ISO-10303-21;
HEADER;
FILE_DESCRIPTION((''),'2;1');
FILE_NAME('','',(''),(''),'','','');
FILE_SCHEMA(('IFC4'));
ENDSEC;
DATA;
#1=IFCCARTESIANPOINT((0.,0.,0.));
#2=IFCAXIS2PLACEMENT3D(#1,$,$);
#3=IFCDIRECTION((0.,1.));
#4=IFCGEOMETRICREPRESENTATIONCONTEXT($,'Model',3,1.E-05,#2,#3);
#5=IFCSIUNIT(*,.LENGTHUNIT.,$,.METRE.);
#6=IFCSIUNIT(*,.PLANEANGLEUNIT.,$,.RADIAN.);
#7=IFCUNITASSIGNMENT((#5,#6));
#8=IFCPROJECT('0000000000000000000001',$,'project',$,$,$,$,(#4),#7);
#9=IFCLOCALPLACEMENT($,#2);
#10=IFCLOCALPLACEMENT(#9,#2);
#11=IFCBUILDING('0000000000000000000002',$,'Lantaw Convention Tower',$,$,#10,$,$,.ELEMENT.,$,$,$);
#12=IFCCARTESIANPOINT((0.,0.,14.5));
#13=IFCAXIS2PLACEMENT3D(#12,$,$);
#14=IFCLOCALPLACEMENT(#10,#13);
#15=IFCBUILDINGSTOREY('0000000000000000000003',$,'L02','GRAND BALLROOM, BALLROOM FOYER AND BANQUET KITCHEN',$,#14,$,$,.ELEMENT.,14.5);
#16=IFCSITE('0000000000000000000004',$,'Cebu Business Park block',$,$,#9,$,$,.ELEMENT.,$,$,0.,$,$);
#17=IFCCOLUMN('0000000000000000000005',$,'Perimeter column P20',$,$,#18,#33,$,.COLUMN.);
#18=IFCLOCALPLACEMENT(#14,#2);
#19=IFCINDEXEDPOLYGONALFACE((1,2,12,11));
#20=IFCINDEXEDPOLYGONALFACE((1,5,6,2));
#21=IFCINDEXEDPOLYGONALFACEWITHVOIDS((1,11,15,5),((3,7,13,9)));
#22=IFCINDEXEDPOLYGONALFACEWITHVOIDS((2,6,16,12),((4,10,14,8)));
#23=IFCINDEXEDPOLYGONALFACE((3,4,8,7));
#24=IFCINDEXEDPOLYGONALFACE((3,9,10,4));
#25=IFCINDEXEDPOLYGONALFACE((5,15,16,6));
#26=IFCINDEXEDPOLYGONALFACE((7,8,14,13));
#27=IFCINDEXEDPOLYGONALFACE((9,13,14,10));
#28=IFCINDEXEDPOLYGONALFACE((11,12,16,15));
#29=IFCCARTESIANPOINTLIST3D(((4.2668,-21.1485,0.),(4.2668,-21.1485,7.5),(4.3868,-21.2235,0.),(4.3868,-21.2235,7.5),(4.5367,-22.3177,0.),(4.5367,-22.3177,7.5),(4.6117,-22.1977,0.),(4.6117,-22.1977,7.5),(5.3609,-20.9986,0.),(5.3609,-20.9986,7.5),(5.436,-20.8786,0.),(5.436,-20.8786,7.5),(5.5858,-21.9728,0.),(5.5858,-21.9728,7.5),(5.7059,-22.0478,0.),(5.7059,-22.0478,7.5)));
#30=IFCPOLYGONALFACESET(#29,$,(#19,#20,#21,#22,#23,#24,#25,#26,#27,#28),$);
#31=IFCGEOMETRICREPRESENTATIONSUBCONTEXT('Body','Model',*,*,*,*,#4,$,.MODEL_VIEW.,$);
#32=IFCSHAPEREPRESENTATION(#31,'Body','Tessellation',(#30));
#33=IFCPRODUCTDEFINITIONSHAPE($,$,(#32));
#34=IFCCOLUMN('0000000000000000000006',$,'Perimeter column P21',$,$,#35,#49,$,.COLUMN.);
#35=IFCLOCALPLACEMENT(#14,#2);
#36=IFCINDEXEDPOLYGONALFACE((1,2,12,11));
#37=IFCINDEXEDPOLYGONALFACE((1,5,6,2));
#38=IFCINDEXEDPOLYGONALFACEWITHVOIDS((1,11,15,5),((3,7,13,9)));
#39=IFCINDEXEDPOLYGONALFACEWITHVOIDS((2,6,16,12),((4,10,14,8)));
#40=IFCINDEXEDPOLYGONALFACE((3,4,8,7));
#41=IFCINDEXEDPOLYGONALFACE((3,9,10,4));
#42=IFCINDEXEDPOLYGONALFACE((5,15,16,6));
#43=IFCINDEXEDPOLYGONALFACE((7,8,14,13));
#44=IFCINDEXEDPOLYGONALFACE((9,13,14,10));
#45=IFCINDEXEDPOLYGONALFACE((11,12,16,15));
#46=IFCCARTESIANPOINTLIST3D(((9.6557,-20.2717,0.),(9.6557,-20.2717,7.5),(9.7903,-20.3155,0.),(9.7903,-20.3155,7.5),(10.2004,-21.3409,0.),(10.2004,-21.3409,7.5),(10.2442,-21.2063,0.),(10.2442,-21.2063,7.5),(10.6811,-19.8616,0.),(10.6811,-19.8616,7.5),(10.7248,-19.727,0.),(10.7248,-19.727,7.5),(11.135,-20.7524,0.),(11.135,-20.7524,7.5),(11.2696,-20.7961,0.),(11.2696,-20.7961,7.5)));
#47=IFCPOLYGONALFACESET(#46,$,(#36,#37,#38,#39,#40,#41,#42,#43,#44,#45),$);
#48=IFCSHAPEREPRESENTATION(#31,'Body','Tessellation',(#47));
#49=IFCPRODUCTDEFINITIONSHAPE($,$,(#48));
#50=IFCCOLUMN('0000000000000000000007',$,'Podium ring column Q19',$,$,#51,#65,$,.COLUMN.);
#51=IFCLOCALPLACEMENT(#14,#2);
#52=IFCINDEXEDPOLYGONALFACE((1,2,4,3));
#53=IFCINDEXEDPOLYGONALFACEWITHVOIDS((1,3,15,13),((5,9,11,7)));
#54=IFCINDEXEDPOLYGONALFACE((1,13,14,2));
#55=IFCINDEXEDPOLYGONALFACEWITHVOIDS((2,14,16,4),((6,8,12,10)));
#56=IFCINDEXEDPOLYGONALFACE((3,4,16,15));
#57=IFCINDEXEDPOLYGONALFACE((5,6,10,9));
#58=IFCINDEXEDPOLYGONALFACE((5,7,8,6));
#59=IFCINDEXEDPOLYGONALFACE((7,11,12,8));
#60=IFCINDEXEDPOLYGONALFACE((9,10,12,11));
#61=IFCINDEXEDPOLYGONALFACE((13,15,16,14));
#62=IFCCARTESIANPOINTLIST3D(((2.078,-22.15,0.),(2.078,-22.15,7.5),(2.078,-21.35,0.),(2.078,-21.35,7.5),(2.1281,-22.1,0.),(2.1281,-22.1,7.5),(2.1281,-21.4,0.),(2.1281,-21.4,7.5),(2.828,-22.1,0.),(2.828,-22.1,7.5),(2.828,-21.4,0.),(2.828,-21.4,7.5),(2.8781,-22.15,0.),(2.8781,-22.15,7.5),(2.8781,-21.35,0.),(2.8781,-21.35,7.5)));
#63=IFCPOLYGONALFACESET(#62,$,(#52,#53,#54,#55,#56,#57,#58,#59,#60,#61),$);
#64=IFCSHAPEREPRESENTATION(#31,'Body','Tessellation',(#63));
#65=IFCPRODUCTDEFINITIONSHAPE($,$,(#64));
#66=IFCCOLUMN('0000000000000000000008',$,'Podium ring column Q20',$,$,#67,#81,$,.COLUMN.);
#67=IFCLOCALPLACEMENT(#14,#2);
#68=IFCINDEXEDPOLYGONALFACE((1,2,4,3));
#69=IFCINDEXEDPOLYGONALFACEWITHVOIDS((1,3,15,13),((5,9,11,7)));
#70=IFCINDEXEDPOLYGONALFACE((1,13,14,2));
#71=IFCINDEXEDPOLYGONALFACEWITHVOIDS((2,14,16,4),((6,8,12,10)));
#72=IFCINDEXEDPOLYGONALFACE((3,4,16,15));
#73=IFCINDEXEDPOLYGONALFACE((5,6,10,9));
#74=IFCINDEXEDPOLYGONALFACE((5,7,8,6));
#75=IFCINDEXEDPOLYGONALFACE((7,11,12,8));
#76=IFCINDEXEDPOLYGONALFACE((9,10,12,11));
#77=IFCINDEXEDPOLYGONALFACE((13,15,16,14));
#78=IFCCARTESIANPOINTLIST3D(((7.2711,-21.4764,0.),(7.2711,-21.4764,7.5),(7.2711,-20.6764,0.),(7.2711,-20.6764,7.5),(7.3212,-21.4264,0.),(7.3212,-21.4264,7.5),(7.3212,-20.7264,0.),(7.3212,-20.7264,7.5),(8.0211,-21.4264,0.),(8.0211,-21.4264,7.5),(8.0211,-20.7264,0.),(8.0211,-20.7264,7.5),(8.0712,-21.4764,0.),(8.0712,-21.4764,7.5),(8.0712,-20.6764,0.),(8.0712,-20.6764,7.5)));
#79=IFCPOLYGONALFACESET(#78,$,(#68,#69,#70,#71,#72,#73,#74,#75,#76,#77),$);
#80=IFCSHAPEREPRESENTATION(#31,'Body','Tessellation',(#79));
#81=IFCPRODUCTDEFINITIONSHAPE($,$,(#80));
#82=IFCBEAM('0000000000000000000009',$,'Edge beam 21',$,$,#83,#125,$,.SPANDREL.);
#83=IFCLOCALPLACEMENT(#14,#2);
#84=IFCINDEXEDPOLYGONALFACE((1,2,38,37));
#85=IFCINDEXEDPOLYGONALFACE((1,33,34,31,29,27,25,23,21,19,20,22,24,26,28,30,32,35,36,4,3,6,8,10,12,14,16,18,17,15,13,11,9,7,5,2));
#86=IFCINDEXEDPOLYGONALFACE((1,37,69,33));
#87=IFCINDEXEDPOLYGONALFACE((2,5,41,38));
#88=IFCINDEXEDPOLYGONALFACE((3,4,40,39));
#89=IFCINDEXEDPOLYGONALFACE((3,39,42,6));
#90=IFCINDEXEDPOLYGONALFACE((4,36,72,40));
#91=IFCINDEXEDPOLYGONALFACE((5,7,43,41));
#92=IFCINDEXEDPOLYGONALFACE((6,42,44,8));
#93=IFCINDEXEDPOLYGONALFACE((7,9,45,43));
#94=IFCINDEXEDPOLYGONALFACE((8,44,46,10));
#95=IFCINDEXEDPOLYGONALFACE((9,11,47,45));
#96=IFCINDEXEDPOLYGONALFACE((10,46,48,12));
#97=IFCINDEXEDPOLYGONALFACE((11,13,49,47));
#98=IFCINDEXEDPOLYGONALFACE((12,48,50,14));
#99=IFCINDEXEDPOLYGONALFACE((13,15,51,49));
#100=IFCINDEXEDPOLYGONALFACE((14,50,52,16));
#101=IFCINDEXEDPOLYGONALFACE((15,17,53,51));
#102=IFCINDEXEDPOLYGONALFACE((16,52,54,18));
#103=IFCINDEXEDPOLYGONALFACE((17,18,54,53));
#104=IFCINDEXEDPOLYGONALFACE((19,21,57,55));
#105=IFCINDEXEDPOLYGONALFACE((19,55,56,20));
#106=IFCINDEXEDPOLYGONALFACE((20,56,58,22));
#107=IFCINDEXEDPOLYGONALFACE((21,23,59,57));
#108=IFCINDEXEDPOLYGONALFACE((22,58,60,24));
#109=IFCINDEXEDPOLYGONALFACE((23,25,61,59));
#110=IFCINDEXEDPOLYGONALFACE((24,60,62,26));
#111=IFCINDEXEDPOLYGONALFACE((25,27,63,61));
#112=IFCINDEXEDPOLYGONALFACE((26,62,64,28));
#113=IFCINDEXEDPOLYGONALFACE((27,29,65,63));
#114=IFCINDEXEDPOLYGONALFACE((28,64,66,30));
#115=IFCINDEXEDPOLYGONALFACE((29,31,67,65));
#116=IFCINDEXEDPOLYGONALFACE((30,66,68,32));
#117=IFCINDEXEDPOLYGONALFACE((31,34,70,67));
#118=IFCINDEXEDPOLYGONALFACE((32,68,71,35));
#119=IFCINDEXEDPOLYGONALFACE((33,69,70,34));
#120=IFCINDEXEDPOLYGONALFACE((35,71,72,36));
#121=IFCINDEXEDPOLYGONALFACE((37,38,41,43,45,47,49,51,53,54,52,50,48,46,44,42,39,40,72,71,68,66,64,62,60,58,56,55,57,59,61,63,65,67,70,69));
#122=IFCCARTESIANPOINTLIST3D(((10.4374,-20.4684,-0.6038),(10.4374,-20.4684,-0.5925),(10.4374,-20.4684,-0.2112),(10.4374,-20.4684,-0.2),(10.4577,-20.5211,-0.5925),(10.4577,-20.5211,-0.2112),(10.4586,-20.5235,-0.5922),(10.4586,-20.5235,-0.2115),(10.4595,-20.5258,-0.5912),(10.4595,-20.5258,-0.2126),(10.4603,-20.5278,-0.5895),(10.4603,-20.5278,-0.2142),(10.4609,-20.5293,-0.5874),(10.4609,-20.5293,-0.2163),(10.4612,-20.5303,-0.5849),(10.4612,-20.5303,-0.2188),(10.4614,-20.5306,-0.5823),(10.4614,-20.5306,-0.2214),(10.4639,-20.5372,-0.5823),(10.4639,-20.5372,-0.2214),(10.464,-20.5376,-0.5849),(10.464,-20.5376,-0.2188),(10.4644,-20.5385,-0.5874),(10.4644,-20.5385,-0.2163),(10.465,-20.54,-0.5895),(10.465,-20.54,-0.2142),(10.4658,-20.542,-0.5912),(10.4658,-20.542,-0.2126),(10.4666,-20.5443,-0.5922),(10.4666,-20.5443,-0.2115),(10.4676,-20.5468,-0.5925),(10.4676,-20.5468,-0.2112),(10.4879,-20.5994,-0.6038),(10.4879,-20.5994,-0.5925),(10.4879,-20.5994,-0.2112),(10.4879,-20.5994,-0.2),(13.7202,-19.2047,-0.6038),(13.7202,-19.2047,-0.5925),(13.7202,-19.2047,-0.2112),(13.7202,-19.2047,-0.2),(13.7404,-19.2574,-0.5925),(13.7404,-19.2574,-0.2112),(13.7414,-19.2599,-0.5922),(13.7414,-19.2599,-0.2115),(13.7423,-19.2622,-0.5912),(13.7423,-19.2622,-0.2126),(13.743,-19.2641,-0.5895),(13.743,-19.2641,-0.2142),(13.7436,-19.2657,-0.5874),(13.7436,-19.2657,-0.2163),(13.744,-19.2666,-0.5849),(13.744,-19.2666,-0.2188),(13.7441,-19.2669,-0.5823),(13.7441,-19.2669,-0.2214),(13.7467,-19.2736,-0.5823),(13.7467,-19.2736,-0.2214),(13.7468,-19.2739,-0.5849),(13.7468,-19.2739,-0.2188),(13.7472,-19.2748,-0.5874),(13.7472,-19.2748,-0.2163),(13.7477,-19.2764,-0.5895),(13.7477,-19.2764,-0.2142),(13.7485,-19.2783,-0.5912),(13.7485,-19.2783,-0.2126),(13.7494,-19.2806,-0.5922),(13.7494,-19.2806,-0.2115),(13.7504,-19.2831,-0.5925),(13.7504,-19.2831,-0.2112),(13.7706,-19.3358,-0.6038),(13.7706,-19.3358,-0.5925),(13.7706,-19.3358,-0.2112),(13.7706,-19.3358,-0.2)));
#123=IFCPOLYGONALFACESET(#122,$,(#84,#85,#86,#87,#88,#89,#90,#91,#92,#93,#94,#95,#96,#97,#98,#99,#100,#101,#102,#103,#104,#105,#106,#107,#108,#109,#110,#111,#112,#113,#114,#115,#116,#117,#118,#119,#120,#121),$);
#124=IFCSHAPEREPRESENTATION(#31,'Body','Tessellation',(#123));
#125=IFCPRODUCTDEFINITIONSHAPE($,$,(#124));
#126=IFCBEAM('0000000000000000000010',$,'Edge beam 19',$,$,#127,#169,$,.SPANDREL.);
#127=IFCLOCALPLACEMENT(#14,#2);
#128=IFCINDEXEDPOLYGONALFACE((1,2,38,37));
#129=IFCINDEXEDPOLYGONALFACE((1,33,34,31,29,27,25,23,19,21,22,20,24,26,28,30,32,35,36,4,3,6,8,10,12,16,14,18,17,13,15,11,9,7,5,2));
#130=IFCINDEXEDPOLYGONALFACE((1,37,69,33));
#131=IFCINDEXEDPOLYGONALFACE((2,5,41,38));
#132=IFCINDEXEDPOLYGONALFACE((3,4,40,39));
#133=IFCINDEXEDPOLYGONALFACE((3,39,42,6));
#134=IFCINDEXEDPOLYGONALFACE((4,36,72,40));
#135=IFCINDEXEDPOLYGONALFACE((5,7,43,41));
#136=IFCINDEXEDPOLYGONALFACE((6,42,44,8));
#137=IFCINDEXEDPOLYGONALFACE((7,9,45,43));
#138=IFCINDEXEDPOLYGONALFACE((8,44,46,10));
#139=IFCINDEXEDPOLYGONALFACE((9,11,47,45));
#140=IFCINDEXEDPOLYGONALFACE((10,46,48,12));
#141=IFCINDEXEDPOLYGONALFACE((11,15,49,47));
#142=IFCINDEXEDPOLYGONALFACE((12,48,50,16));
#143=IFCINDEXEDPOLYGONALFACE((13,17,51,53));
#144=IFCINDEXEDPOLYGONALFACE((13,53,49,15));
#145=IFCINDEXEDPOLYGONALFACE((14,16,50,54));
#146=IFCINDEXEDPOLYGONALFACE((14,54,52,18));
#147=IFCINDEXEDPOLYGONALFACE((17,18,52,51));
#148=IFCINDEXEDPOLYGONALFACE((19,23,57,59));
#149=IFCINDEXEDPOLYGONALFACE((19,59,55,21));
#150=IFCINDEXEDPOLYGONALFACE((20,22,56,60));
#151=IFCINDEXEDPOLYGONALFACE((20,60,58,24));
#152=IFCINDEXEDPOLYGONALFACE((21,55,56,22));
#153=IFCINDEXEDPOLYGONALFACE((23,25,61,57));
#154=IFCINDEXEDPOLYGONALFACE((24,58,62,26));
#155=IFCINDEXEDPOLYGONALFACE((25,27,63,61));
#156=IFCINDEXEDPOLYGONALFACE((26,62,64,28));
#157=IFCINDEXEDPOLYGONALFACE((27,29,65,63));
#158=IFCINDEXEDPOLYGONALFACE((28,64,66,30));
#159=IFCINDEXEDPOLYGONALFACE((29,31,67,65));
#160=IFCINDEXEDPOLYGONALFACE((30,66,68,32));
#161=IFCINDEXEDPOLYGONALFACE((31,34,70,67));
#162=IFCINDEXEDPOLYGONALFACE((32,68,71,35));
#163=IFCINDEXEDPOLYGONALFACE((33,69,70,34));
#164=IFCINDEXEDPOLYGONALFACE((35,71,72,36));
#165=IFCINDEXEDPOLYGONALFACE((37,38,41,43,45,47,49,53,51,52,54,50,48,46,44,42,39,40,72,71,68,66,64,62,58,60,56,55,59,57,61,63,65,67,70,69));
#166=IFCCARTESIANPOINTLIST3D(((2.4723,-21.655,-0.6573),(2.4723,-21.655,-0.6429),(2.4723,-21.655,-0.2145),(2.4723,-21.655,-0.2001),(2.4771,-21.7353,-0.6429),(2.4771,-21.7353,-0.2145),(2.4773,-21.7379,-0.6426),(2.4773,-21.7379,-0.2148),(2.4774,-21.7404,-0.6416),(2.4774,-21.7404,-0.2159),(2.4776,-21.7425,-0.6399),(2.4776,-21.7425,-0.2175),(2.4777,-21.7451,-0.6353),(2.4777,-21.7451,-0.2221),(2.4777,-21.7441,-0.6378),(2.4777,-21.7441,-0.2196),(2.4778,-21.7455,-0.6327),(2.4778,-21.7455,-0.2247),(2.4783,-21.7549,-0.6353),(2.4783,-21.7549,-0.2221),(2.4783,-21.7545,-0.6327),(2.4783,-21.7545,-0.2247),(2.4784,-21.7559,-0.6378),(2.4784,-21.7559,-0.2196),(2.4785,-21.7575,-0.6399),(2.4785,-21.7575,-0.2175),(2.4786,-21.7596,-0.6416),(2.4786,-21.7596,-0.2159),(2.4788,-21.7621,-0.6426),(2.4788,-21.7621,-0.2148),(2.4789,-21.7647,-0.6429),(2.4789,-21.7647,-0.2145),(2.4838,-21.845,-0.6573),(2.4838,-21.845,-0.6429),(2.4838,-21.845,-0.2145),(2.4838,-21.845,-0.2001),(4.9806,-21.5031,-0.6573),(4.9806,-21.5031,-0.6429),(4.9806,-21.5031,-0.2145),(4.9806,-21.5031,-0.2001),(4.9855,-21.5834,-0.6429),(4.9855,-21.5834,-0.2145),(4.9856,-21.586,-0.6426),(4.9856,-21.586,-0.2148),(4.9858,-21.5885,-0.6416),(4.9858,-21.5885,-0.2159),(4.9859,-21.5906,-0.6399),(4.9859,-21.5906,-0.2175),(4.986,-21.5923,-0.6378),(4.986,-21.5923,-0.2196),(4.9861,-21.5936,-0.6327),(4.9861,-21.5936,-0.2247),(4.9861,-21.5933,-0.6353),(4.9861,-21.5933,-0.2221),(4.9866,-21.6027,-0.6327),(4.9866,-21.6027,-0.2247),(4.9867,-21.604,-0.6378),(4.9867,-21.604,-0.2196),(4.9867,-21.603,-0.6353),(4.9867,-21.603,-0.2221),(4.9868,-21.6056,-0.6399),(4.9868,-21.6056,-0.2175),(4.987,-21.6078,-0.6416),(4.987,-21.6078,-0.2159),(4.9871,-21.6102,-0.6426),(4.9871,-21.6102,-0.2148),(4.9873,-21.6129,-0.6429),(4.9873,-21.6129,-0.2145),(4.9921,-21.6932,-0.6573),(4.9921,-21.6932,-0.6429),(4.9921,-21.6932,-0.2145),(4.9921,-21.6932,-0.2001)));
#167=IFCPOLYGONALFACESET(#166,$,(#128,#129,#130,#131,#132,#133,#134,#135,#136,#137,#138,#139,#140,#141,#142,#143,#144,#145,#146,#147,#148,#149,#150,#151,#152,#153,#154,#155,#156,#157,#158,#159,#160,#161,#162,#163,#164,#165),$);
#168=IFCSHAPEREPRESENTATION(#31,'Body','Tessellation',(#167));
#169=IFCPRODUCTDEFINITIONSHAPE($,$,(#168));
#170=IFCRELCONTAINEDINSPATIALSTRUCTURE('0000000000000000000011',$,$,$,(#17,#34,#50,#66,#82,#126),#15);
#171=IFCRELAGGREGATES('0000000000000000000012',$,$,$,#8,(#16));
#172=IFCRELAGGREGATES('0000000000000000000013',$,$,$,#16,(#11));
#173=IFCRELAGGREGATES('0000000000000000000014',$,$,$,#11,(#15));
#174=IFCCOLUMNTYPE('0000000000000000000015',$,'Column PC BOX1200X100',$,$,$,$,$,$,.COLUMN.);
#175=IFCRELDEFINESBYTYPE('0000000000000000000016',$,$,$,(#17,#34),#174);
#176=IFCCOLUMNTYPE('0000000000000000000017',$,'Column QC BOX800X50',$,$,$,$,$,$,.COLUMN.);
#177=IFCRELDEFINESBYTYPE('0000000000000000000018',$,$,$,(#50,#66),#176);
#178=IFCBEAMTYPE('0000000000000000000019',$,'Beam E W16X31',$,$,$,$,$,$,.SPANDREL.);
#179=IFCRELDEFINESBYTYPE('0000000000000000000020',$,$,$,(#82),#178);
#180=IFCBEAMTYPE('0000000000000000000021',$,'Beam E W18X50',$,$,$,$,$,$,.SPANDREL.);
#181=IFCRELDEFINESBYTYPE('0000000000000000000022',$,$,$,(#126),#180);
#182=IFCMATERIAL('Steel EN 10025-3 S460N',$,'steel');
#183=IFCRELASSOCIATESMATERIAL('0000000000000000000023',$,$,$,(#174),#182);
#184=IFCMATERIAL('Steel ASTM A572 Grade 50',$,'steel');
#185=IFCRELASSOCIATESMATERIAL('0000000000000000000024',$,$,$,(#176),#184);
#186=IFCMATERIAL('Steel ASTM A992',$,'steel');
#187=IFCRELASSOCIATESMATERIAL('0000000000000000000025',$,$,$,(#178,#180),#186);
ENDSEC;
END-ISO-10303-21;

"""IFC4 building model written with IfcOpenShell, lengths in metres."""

from ifc_helpers import new_model, si_unit, direction, frame, origin, origin_2d, place, context, subcontext, project, spatial, rectangle, hollow_rectangle, i_section, extrude, material, material_profile, profile_set, type_object, element, save


model = new_model("IFC4")

# Units and contexts
model_context = context("Model", 3, precision=1e-05, world=origin(), true_north=direction((0.0, 1.0)))
body_context = subcontext(model_context, "Body", "Model", "MODEL_VIEW")
ifc_project = project(units=[si_unit("LENGTHUNIT", "METRE"), si_unit("PLANEANGLEUNIT", "RADIAN")], contexts=[model_context])

# Site, building, storey
site_placement = place(None, origin())
site = spatial("IfcSite", under=ifc_project, at=site_placement, Name="Cebu Business Park block", CompositionType="ELEMENT", RefElevation=0.0)
building_placement = place(site_placement, origin())
building = spatial("IfcBuilding", under=site, at=building_placement, Name="Lantaw Convention Tower", CompositionType="ELEMENT")
storey_placement = place(building_placement, frame((0.0, 0.0, 14.5)))
storey = spatial("IfcBuildingStorey", under=building, at=storey_placement, Name="L02", Description="GRAND BALLROOM, BALLROOM FOYER AND BANQUET KITCHEN", CompositionType="ELEMENT", Elevation=14.5)

# Columns
ifc_material_1 = material(Name="Steel EN 10025-3 S460N", Category="steel")
ifc_material_profile_1 = material_profile(ifc_material_1, hollow_rectangle(XDim=1.2, YDim=1.2, WallThickness=0.1001, at=origin_2d()), Name="BOX1200X100")
ifc_material_2 = material(Name="Concrete C60/75", Category="concrete")
ifc_material_profile_2 = material_profile(ifc_material_2, rectangle(XDim=1.0, YDim=1.0, at=origin_2d()), Name="Concrete fill of BOX1200X100")
ifc_profile_set_1 = profile_set([ifc_material_profile_1, ifc_material_profile_2], Name="Steel EN 10025-3 S460N")
column_type_1 = type_object("IfcColumnType", Name="Column PC BOX1200X100", PredefinedType="COLUMN", material=ifc_profile_set_1)
for number, where, z_axis, x_axis, name in (
    (1, (4.9863, -21.5981, 0.0), (0.0, 0.0, 1.0), (0.97437, 0.224951, 0.0), "Perimeter column P20"),
    (2, (10.4626, -20.5339, 0.0), (0.0, 0.0, 1.0), (0.891007, 0.45399, 0.0), "Perimeter column P21"),
):
    element("IfcColumn", number, at=place(storey_placement, frame(where, z_axis=z_axis, x_axis=x_axis)), inside=storey, type_object=column_type_1, Name=name, PredefinedType="COLUMN", context=body_context, shape_type="SweptSolid", body=[
        extrude(hollow_rectangle(XDim=1.2, YDim=1.2, WallThickness=0.1001, at=origin_2d()), origin(), (0.0, 0.0, 1.0), 7.5),
    ])
ifc_material_3 = material(Name="Steel ASTM A572 Grade 50", Category="steel")
ifc_material_profile_3 = material_profile(ifc_material_3, hollow_rectangle(XDim=0.8, YDim=0.8, WallThickness=0.05, at=origin_2d()), Name="BOX800X50")
ifc_profile_set_2 = profile_set([ifc_material_profile_3], Name="Steel ASTM A572 Grade 50")
column_type_2 = type_object("IfcColumnType", Name="Column QC BOX800X50", PredefinedType="COLUMN", material=ifc_profile_set_2)
for number, where, z_axis, x_axis, name in (
    (3, (2.478, -21.75, 0.0), (0.0, 0.0, 1.0), (1.0, 0.0, 0.0), "Podium ring column Q19"),
    (4, (7.6711, -21.0764, 0.0), (0.0, 0.0, 1.0), (1.0, 0.0, 0.0), "Podium ring column Q20"),
):
    element("IfcColumn", number, at=place(storey_placement, frame(where, z_axis=z_axis, x_axis=x_axis)), inside=storey, type_object=column_type_2, Name=name, PredefinedType="COLUMN", context=body_context, shape_type="SweptSolid", body=[
        extrude(hollow_rectangle(XDim=0.8, YDim=0.8, WallThickness=0.05, at=origin_2d()), origin(), (0.0, 0.0, 1.0), 7.5),
    ])

# Beams
ifc_material_4 = material(Name="Steel ASTM A992", Category="steel")
ifc_material_profile_4 = material_profile(ifc_material_4, i_section(OverallWidth=0.1404, OverallDepth=0.4038, WebThickness=0.0071, FlangeThickness=0.0112, FilletRadius=0.0103, at=origin_2d()), Name="W16X31")
ifc_profile_set_3 = profile_set([ifc_material_profile_4], Name="Steel ASTM A992")
beam_type_1 = type_object("IfcBeamType", Name="Beam E W16X31", PredefinedType="SPANDREL", material=ifc_profile_set_3)
beam_1_placement = place(storey_placement, frame((10.4626, -20.5339, -0.4019), z_axis=(0.933242, 0.359249, 0.0), x_axis=(-0.359249, 0.933242, 0.0)))
element("IfcBeam", 5, at=beam_1_placement, inside=storey, type_object=beam_type_1, Name="Edge beam 21", PredefinedType="SPANDREL", context=body_context, shape_type="SweptSolid", body=[
    extrude(i_section(OverallWidth=0.1404, OverallDepth=0.4038, WebThickness=0.0071, FlangeThickness=0.0112, FilletRadius=0.0103, at=origin_2d()), origin(), (0.0, 0.0, 1.0), 3.5176),
])
ifc_material_profile_5 = material_profile(ifc_material_4, i_section(OverallWidth=0.1904, OverallDepth=0.4573, WebThickness=0.009, FlangeThickness=0.0144, FilletRadius=0.0103, at=origin_2d()), Name="W18X50")
ifc_profile_set_4 = profile_set([ifc_material_profile_5], Name="Steel ASTM A992")
beam_type_2 = type_object("IfcBeamType", Name="Beam E W18X50", PredefinedType="SPANDREL", material=ifc_profile_set_4)
beam_2_placement = place(storey_placement, frame((2.478, -21.75, -0.4287), z_axis=(0.998172, 0.060431, 0.0), x_axis=(-0.060431, 0.998172, 0.0)))
element("IfcBeam", 6, at=beam_2_placement, inside=storey, type_object=beam_type_2, Name="Edge beam 19", PredefinedType="SPANDREL", context=body_context, shape_type="SweptSolid", body=[
    extrude(i_section(OverallWidth=0.1904, OverallDepth=0.4573, WebThickness=0.009, FlangeThickness=0.0144, FilletRadius=0.0103, at=origin_2d()), origin(), (0.0, 0.0, 1.0), 2.5129),
])

save(model, "model.ifc")
